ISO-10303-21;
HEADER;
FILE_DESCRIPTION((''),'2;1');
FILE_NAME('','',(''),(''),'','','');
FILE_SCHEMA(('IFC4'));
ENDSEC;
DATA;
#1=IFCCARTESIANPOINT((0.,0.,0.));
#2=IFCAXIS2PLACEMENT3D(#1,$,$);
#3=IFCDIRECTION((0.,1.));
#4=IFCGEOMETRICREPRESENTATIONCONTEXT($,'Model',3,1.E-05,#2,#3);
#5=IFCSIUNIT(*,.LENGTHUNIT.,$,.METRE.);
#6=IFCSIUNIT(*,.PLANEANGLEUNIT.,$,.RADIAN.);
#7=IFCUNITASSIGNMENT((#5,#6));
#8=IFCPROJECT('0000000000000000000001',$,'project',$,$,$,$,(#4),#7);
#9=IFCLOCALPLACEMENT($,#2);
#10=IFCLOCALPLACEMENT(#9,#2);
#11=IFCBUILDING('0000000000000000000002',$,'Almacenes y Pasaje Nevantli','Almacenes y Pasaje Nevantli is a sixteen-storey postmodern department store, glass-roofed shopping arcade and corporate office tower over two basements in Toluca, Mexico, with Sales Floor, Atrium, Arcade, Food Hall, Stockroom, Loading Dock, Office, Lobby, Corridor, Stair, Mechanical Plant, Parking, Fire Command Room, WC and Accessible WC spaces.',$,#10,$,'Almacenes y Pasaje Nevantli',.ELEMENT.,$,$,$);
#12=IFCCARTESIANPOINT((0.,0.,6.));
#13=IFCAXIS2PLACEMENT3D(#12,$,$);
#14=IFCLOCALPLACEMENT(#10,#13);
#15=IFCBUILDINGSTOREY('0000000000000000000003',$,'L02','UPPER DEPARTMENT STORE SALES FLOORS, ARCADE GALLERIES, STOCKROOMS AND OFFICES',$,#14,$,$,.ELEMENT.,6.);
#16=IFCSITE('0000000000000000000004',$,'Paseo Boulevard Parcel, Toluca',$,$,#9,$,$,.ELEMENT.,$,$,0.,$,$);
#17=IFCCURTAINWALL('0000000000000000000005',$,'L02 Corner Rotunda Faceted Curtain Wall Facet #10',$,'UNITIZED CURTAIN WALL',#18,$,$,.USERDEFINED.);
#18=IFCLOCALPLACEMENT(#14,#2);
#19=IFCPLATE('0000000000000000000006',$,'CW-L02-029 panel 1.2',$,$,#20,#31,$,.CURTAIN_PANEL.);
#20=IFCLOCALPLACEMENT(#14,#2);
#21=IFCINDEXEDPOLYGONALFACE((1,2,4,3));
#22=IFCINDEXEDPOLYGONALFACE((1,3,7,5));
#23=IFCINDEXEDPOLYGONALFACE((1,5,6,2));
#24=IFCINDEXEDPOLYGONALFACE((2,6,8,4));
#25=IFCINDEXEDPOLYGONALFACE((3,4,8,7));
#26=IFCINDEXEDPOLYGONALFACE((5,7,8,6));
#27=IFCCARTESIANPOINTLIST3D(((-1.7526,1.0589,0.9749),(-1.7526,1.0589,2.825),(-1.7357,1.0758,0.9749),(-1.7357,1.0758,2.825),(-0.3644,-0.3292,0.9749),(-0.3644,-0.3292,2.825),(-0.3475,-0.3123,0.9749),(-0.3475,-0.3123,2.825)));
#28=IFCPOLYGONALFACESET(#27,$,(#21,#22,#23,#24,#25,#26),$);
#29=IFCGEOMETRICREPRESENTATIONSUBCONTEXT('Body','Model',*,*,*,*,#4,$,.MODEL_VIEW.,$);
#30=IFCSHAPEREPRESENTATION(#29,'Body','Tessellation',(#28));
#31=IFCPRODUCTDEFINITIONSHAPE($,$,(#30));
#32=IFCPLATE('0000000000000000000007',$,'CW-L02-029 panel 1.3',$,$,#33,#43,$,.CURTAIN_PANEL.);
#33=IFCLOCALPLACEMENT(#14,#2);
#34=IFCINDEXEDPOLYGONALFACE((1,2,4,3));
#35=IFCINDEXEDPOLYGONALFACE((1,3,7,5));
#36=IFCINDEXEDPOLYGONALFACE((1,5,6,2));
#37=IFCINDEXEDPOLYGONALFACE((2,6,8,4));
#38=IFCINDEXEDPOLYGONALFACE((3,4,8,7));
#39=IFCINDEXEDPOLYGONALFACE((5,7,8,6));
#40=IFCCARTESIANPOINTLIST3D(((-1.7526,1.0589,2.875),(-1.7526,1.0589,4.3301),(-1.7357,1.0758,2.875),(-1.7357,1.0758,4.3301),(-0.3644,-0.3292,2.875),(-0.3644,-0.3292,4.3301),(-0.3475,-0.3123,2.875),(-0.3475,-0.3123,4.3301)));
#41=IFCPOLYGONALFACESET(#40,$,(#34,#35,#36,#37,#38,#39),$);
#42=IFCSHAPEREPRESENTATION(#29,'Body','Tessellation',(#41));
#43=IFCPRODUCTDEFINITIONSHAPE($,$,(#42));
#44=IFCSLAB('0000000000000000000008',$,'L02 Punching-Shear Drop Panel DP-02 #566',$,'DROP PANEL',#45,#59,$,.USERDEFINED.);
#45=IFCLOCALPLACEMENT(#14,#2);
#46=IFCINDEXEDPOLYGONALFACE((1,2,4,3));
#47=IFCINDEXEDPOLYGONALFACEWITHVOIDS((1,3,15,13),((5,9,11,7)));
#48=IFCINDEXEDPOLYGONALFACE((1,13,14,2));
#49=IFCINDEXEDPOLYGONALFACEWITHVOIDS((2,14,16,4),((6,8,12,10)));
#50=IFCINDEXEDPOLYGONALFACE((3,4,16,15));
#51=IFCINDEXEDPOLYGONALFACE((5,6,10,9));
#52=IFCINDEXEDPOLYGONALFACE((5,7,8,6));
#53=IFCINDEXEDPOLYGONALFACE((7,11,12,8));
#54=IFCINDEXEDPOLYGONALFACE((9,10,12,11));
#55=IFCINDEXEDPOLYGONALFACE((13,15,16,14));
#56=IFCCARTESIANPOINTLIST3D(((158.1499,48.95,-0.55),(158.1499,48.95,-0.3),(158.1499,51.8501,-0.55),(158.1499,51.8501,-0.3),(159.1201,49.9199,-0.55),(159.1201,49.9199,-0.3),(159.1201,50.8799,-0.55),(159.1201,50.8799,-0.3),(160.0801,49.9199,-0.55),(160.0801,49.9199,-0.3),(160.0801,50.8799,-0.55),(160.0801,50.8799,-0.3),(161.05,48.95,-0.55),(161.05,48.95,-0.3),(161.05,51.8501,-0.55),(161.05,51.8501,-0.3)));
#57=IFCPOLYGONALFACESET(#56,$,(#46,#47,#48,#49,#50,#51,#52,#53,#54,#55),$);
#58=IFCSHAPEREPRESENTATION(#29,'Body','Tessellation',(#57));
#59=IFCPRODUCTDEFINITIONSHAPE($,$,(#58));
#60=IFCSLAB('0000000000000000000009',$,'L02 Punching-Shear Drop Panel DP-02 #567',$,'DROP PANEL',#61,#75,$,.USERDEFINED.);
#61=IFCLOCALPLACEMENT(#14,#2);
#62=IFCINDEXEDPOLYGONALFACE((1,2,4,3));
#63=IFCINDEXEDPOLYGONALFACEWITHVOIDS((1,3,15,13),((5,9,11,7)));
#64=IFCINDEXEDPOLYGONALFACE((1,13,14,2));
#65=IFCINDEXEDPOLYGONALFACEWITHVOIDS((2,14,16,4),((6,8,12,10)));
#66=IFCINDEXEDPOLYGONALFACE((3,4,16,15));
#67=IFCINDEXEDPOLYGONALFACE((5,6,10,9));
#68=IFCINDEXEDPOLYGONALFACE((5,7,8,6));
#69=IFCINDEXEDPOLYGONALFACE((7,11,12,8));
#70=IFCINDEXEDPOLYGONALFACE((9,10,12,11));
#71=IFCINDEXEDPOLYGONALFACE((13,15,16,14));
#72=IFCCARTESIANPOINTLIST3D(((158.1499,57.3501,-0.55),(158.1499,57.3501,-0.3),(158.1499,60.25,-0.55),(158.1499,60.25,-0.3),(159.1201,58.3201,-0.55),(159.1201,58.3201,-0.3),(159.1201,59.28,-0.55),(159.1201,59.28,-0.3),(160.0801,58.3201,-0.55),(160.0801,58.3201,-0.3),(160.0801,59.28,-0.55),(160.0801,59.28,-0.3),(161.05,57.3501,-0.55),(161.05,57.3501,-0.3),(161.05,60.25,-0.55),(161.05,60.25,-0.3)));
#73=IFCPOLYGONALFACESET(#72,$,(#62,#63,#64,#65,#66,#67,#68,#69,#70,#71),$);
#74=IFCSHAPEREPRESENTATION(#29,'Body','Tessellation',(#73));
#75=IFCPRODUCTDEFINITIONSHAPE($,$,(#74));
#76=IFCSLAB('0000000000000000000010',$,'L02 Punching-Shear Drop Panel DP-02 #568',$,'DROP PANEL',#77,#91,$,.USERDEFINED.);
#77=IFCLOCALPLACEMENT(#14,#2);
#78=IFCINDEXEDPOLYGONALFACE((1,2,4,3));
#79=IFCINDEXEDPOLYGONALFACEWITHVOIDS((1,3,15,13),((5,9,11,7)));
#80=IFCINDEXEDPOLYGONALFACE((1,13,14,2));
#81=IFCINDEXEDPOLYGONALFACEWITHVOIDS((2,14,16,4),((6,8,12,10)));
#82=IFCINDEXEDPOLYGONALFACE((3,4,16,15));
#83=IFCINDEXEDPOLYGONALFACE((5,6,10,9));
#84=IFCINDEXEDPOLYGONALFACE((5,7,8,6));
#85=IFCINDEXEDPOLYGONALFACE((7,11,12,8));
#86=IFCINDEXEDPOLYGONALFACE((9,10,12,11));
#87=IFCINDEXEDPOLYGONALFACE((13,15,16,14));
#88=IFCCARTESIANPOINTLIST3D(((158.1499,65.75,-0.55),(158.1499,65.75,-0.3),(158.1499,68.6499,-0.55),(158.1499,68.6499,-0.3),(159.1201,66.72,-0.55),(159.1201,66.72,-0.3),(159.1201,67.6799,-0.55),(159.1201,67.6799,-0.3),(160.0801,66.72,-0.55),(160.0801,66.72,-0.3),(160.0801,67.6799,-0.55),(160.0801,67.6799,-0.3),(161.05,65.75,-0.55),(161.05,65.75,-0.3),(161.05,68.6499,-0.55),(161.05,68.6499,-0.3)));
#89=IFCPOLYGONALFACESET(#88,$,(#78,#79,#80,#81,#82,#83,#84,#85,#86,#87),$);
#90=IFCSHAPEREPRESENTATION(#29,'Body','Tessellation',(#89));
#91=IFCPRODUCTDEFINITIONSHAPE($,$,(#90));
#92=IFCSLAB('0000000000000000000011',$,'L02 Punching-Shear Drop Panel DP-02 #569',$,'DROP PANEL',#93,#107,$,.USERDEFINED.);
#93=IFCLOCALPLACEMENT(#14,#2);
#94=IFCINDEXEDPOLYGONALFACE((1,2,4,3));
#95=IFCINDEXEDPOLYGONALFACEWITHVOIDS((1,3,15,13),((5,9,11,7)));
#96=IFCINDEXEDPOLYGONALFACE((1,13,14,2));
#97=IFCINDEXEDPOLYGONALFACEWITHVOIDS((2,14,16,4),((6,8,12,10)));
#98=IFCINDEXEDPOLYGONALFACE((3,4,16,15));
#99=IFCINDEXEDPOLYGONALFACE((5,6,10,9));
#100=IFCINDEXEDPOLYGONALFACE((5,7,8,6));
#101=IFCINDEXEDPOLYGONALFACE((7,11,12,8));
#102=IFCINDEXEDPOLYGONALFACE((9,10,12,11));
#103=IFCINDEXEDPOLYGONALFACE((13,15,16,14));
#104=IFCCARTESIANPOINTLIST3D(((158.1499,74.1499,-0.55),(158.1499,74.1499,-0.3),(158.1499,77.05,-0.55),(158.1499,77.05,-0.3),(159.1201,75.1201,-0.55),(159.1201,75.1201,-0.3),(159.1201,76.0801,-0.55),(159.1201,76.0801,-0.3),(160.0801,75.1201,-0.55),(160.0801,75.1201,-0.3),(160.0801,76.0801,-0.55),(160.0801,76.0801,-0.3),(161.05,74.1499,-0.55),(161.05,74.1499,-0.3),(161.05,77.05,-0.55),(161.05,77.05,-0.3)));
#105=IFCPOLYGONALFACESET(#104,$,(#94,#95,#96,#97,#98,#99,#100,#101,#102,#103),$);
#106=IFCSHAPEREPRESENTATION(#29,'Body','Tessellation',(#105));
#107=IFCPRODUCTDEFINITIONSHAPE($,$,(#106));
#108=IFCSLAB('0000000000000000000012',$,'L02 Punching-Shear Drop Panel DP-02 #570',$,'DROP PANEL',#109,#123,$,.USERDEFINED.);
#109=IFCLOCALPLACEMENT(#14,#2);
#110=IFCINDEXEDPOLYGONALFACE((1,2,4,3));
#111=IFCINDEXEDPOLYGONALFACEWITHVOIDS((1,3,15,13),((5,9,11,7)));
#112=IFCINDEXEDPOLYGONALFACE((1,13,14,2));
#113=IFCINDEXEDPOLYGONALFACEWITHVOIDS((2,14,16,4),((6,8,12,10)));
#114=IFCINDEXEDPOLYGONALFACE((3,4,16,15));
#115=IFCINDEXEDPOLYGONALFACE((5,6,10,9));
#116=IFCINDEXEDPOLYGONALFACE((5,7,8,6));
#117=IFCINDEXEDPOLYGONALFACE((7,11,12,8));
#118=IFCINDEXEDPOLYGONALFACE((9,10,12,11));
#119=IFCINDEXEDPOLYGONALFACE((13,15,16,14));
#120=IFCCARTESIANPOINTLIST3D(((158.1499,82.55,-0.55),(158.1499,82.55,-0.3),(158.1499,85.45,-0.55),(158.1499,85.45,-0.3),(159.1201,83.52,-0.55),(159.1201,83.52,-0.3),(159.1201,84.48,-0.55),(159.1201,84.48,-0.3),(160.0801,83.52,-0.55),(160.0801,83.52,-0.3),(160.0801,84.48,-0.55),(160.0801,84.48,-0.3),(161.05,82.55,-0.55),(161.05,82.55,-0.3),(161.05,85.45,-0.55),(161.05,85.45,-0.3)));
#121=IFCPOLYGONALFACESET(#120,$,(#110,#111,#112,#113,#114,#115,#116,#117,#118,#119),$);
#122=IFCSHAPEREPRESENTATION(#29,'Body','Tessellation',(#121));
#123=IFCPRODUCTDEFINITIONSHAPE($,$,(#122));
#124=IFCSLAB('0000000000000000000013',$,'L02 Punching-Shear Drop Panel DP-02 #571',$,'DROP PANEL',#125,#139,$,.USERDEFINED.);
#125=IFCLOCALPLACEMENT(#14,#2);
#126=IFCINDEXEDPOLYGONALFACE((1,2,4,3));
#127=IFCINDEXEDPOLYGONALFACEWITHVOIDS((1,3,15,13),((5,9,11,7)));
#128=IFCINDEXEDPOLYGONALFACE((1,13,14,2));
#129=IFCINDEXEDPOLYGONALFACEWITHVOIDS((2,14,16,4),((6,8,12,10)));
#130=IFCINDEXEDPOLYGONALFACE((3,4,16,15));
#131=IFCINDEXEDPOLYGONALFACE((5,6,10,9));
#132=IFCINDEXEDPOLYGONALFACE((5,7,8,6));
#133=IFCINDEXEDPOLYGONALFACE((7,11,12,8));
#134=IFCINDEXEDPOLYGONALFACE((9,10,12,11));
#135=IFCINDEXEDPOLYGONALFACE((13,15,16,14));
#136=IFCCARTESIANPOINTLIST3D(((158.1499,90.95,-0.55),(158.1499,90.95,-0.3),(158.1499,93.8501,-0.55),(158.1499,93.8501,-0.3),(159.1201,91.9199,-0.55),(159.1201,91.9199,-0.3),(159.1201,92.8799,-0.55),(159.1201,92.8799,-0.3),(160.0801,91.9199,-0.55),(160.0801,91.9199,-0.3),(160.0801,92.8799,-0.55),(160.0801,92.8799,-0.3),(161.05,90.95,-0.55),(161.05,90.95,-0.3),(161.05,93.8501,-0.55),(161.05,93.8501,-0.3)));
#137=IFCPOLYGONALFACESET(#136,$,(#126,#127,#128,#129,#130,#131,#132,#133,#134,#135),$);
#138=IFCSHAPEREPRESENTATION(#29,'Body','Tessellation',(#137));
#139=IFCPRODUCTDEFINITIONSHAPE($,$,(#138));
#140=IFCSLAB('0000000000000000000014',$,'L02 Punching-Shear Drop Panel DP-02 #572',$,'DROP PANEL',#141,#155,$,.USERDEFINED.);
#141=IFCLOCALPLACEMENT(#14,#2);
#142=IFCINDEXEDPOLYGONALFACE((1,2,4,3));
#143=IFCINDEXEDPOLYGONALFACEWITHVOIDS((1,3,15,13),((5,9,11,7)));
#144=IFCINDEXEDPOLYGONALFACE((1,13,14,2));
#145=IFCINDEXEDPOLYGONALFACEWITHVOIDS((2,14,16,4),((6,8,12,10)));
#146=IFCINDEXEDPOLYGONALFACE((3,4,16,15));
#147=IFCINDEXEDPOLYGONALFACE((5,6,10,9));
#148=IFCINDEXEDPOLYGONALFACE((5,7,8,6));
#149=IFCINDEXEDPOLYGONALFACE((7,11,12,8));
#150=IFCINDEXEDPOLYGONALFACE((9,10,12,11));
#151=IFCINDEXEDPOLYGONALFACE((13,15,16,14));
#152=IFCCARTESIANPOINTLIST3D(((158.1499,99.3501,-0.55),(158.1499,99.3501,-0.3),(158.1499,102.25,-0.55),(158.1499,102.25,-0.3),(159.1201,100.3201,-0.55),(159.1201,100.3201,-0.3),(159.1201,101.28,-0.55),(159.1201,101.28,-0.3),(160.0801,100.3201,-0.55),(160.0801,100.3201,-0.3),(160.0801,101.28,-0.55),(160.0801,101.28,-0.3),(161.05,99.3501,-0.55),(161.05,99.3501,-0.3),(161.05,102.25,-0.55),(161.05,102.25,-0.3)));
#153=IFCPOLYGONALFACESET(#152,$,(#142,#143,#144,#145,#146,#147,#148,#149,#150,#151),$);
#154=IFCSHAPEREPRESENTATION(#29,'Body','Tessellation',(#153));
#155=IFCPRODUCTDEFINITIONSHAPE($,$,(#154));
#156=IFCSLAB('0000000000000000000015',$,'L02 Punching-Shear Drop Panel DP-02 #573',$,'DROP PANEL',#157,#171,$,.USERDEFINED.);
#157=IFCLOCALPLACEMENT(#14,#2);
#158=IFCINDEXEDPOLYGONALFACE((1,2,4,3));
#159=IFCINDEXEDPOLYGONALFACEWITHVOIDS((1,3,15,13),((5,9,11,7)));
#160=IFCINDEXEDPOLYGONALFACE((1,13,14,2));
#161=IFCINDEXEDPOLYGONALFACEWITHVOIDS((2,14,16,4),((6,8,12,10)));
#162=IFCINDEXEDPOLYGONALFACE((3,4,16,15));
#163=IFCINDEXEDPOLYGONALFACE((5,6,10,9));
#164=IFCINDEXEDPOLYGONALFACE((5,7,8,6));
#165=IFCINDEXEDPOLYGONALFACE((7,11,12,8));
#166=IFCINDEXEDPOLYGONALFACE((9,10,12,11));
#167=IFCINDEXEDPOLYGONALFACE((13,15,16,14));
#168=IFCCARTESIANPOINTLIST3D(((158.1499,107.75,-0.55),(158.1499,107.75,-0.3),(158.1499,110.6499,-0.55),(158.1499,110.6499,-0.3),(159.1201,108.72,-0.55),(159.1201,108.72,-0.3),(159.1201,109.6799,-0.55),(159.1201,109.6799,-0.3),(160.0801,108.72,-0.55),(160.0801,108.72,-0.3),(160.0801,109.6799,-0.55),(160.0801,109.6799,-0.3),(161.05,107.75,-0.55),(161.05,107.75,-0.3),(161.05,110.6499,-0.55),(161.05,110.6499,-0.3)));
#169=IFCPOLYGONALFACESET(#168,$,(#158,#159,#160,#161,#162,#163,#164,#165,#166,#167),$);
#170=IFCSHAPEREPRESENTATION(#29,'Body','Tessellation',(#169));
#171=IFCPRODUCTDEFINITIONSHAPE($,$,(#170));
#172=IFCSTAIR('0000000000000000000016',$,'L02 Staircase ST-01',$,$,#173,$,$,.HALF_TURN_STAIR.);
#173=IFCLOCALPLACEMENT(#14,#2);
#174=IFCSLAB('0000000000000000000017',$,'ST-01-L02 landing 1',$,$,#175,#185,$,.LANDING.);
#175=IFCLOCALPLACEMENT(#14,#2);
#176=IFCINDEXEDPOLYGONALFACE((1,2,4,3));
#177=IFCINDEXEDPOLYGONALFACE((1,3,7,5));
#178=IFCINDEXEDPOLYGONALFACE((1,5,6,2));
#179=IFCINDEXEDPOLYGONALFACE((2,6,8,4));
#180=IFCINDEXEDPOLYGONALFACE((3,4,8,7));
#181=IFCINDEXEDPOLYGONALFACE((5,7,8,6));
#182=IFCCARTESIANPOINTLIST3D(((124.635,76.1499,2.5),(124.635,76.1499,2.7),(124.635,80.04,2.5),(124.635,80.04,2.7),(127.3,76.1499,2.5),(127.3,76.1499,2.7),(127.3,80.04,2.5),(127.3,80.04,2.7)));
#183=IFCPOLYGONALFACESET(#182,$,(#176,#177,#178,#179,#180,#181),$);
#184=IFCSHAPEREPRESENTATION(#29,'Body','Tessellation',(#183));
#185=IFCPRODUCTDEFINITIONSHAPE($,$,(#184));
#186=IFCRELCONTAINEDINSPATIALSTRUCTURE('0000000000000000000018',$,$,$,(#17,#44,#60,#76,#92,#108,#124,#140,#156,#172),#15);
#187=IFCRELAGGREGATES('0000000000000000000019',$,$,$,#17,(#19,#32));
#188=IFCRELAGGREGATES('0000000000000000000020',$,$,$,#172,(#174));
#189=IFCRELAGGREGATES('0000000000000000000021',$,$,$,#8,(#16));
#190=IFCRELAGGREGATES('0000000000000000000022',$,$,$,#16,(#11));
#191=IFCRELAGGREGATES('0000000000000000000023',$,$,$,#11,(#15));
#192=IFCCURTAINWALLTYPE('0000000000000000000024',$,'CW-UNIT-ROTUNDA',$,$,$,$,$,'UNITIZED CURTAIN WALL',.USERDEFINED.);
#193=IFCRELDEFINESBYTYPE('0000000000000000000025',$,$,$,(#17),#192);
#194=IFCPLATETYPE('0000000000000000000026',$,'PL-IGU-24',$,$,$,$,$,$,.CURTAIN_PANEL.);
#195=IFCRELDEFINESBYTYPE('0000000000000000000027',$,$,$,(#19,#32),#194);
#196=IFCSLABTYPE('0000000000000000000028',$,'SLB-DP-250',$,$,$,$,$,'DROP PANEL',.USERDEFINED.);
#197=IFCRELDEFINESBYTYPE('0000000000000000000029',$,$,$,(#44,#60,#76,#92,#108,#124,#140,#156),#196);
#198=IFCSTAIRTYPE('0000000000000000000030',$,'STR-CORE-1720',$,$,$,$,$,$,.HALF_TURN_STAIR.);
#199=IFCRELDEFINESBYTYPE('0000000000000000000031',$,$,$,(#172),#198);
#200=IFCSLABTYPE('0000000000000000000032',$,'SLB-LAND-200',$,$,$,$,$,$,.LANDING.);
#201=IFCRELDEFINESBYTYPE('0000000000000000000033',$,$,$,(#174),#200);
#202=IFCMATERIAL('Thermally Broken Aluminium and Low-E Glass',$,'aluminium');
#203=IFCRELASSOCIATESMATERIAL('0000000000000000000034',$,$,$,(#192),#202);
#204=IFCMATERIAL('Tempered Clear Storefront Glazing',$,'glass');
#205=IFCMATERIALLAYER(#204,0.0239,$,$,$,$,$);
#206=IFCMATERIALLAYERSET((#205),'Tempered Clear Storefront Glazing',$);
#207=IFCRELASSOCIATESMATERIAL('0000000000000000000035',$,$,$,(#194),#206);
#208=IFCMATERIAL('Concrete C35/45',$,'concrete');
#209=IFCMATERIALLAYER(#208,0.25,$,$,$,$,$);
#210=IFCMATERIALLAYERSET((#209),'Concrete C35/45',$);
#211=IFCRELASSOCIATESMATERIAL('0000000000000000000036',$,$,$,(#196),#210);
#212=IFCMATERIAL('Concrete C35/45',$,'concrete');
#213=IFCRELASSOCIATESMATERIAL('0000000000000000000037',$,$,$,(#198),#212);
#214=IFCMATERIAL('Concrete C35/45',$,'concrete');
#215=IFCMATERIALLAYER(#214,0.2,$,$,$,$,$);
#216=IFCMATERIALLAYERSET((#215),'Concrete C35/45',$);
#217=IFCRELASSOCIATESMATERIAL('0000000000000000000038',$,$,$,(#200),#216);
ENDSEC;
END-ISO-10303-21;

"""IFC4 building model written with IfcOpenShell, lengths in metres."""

from ifc_helpers import new_model, si_unit, direction, frame, origin, origin_2d, place, context, subcontext, project, spatial, polyline, rectangle, outline, extrude, material, layer, layer_set, type_object, element, aggregate, save


model = new_model("IFC4")

# Units and contexts
model_context = context("Model", 3, precision=1e-05, world=origin(), true_north=direction((0.0, 1.0)))
body_context = subcontext(model_context, "Body", "Model", "MODEL_VIEW")
ifc_project = project(units=[si_unit("LENGTHUNIT", "METRE"), si_unit("PLANEANGLEUNIT", "RADIAN")], contexts=[model_context])

# Site, building, storey
site_placement = place(None, origin())
site = spatial("IfcSite", under=ifc_project, at=site_placement, Name="Paseo Boulevard Parcel, Toluca", CompositionType="ELEMENT", RefElevation=0.0)
building_placement = place(site_placement, origin())
building = spatial("IfcBuilding", under=site, at=building_placement, Name="Almacenes y Pasaje Nevantli", Description="Almacenes y Pasaje Nevantli is a sixteen-storey postmodern department store, glass-roofed shopping arcade and corporate office tower over two basements in Toluca, Mexico, with Sales Floor, Atrium, Arcade, Food Hall, Stockroom, Loading Dock, Office, Lobby, Corridor, Stair, Mechanical Plant, Parking, Fire Command Room, WC and Accessible WC spaces.", LongName="Almacenes y Pasaje Nevantli", CompositionType="ELEMENT")
storey_placement = place(building_placement, frame((0.0, 0.0, 6.0)))
storey = spatial("IfcBuildingStorey", under=building, at=storey_placement, Name="L02", Description="UPPER DEPARTMENT STORE SALES FLOORS, ARCADE GALLERIES, STOCKROOMS AND OFFICES", CompositionType="ELEMENT", Elevation=6.0)

# Shared definitions
ifc_material_1 = material(Name="Thermally Broken Aluminium and Low-E Glass", Category="aluminium")
curtain_wall_type = type_object("IfcCurtainWallType", Name="CW-UNIT-ROTUNDA", ElementType="UNITIZED CURTAIN WALL", PredefinedType="USERDEFINED", material=ifc_material_1)

# Curtain wall
curtain_wall_1_placement = place(storey_placement, origin())
curtain_wall_1 = element("IfcCurtainWall", 1, at=curtain_wall_1_placement, inside=storey, type_object=curtain_wall_type, Name="L02 Corner Rotunda Faceted Curtain Wall Facet #10", ObjectType="UNITIZED CURTAIN WALL", PredefinedType="USERDEFINED")

# Plates
ifc_material_2 = material(Name="Tempered Clear Storefront Glazing", Category="glass")
ifc_layer_1 = layer(ifc_material_2, 0.0239)
ifc_layer_set_1 = layer_set([ifc_layer_1], Name="Tempered Clear Storefront Glazing")
plate_type = type_object("IfcPlateType", Name="PL-IGU-24", PredefinedType="CURTAIN_PANEL", material=ifc_layer_set_1)
plate_1_placement = place(storey_placement, frame((-1.05, 0.3733, 0.9749), z_axis=(0.0, 0.0, 1.0), x_axis=(0.707107, -0.707107, 0.0)))
plate_1 = element("IfcPlate", 2, at=plate_1_placement, type_object=plate_type, Name="CW-L02-029 panel 1.2", PredefinedType="CURTAIN_PANEL", context=body_context, shape_type="SweptSolid", body=[
    extrude(rectangle(XDim=1.9631, YDim=0.0239, at=origin_2d()), origin(), (0.0, 0.0, 1.0), 1.8501),
])
plate_2_placement = place(storey_placement, frame((-1.05, 0.3733, 2.875), z_axis=(0.0, 0.0, 1.0), x_axis=(0.707107, -0.707107, 0.0)))
plate_2 = element("IfcPlate", 3, at=plate_2_placement, type_object=plate_type, Name="CW-L02-029 panel 1.3", PredefinedType="CURTAIN_PANEL", context=body_context, shape_type="SweptSolid", body=[
    extrude(rectangle(XDim=1.9631, YDim=0.0239, at=origin_2d()), origin(), (0.0, 0.0, 1.0), 1.4551),
])
aggregate(curtain_wall_1, [plate_1, plate_2])

# Slabs
ifc_material_3 = material(Name="Concrete C35/45", Category="concrete")
ifc_layer_2 = layer(ifc_material_3, 0.25)
ifc_layer_set_2 = layer_set([ifc_layer_2], Name="Concrete C35/45")
slab_type_1 = type_object("IfcSlabType", Name="SLB-DP-250", ElementType="DROP PANEL", PredefinedType="USERDEFINED", material=ifc_layer_set_2)
slab_1_placement = place(storey_placement, frame((0.0, 0.0, -0.55)))
element("IfcSlab", 4, at=slab_1_placement, inside=storey, type_object=slab_type_1, Name="L02 Punching-Shear Drop Panel DP-02 #566", ObjectType="DROP PANEL", PredefinedType="USERDEFINED", context=body_context, shape_type="SweptSolid", body=[
    extrude(outline(polyline([(158.1499, 48.95), (161.05, 48.95), (161.05, 51.8501), (158.1499, 51.8501), (158.1499, 48.95)]), holes=[polyline([(159.1201, 49.9199), (160.0801, 49.9199), (160.0801, 50.8799), (159.1201, 50.8799), (159.1201, 49.9199)])]), origin(), (0.0, 0.0, 1.0), 0.25),
])
slab_2_placement = place(storey_placement, frame((0.0, 0.0, -0.55)))
element("IfcSlab", 5, at=slab_2_placement, inside=storey, type_object=slab_type_1, Name="L02 Punching-Shear Drop Panel DP-02 #567", ObjectType="DROP PANEL", PredefinedType="USERDEFINED", context=body_context, shape_type="SweptSolid", body=[
    extrude(outline(polyline([(158.1499, 57.3501), (161.05, 57.3501), (161.05, 60.25), (158.1499, 60.25), (158.1499, 57.3501)]), holes=[polyline([(159.1201, 58.3201), (160.0801, 58.3201), (160.0801, 59.28), (159.1201, 59.28), (159.1201, 58.3201)])]), origin(), (0.0, 0.0, 1.0), 0.25),
])
slab_3_placement = place(storey_placement, frame((0.0, 0.0, -0.55)))
element("IfcSlab", 6, at=slab_3_placement, inside=storey, type_object=slab_type_1, Name="L02 Punching-Shear Drop Panel DP-02 #568", ObjectType="DROP PANEL", PredefinedType="USERDEFINED", context=body_context, shape_type="SweptSolid", body=[
    extrude(outline(polyline([(158.1499, 65.75), (161.05, 65.75), (161.05, 68.6499), (158.1499, 68.6499), (158.1499, 65.75)]), holes=[polyline([(159.1201, 66.72), (160.0801, 66.72), (160.0801, 67.6799), (159.1201, 67.6799), (159.1201, 66.72)])]), origin(), (0.0, 0.0, 1.0), 0.25),
])
slab_4_placement = place(storey_placement, frame((0.0, 0.0, -0.55)))
element("IfcSlab", 7, at=slab_4_placement, inside=storey, type_object=slab_type_1, Name="L02 Punching-Shear Drop Panel DP-02 #569", ObjectType="DROP PANEL", PredefinedType="USERDEFINED", context=body_context, shape_type="SweptSolid", body=[
    extrude(outline(polyline([(158.1499, 74.1499), (161.05, 74.1499), (161.05, 77.05), (158.1499, 77.05), (158.1499, 74.1499)]), holes=[polyline([(159.1201, 75.1201), (160.0801, 75.1201), (160.0801, 76.0801), (159.1201, 76.0801), (159.1201, 75.1201)])]), origin(), (0.0, 0.0, 1.0), 0.25),
])
slab_5_placement = place(storey_placement, frame((0.0, 0.0, -0.55)))
element("IfcSlab", 8, at=slab_5_placement, inside=storey, type_object=slab_type_1, Name="L02 Punching-Shear Drop Panel DP-02 #570", ObjectType="DROP PANEL", PredefinedType="USERDEFINED", context=body_context, shape_type="SweptSolid", body=[
    extrude(outline(polyline([(158.1499, 82.55), (161.05, 82.55), (161.05, 85.45), (158.1499, 85.45), (158.1499, 82.55)]), holes=[polyline([(159.1201, 83.52), (160.0801, 83.52), (160.0801, 84.48), (159.1201, 84.48), (159.1201, 83.52)])]), origin(), (0.0, 0.0, 1.0), 0.25),
])
slab_6_placement = place(storey_placement, frame((0.0, 0.0, -0.55)))
element("IfcSlab", 9, at=slab_6_placement, inside=storey, type_object=slab_type_1, Name="L02 Punching-Shear Drop Panel DP-02 #571", ObjectType="DROP PANEL", PredefinedType="USERDEFINED", context=body_context, shape_type="SweptSolid", body=[
    extrude(outline(polyline([(158.1499, 90.95), (161.05, 90.95), (161.05, 93.8501), (158.1499, 93.8501), (158.1499, 90.95)]), holes=[polyline([(159.1201, 91.9199), (160.0801, 91.9199), (160.0801, 92.8799), (159.1201, 92.8799), (159.1201, 91.9199)])]), origin(), (0.0, 0.0, 1.0), 0.25),
])
slab_7_placement = place(storey_placement, frame((0.0, 0.0, -0.55)))
element("IfcSlab", 10, at=slab_7_placement, inside=storey, type_object=slab_type_1, Name="L02 Punching-Shear Drop Panel DP-02 #572", ObjectType="DROP PANEL", PredefinedType="USERDEFINED", context=body_context, shape_type="SweptSolid", body=[
    extrude(outline(polyline([(158.1499, 99.3501), (161.05, 99.3501), (161.05, 102.25), (158.1499, 102.25), (158.1499, 99.3501)]), holes=[polyline([(159.1201, 100.3201), (160.0801, 100.3201), (160.0801, 101.28), (159.1201, 101.28), (159.1201, 100.3201)])]), origin(), (0.0, 0.0, 1.0), 0.25),
])
slab_8_placement = place(storey_placement, frame((0.0, 0.0, -0.55)))
element("IfcSlab", 11, at=slab_8_placement, inside=storey, type_object=slab_type_1, Name="L02 Punching-Shear Drop Panel DP-02 #573", ObjectType="DROP PANEL", PredefinedType="USERDEFINED", context=body_context, shape_type="SweptSolid", body=[
    extrude(outline(polyline([(158.1499, 107.75), (161.05, 107.75), (161.05, 110.6499), (158.1499, 110.6499), (158.1499, 107.75)]), holes=[polyline([(159.1201, 108.72), (160.0801, 108.72), (160.0801, 109.6799), (159.1201, 109.6799), (159.1201, 108.72)])]), origin(), (0.0, 0.0, 1.0), 0.25),
])

# Stair, slab
ifc_material_4 = material(Name="Concrete C35/45", Category="concrete")
stair_type_1 = type_object("IfcStairType", Name="STR-CORE-1720", PredefinedType="HALF_TURN_STAIR", material=ifc_material_4)
stair_1_placement = place(storey_placement, origin())
stair_1 = element("IfcStair", 12, at=stair_1_placement, inside=storey, type_object=stair_type_1, Name="L02 Staircase ST-01", PredefinedType="HALF_TURN_STAIR")
ifc_material_5 = material(Name="Concrete C35/45", Category="concrete")
ifc_layer_3 = layer(ifc_material_5, 0.2)
ifc_layer_set_3 = layer_set([ifc_layer_3], Name="Concrete C35/45")
slab_type_2 = type_object("IfcSlabType", Name="SLB-LAND-200", PredefinedType="LANDING", material=ifc_layer_set_3)
slab_9_placement = place(storey_placement, frame((0.0, 0.0, 2.5)))
slab_9 = element("IfcSlab", 13, at=slab_9_placement, type_object=slab_type_2, Name="ST-01-L02 landing 1", PredefinedType="LANDING", context=body_context, shape_type="SweptSolid", body=[
    extrude(outline(polyline([(124.635, 76.1499), (127.3, 76.1499), (127.3, 80.04), (124.635, 80.04), (124.635, 76.1499)])), origin(), (0.0, 0.0, 1.0), 0.2),
])
aggregate(stair_1, [slab_9])

save(model, "model.ifc")
